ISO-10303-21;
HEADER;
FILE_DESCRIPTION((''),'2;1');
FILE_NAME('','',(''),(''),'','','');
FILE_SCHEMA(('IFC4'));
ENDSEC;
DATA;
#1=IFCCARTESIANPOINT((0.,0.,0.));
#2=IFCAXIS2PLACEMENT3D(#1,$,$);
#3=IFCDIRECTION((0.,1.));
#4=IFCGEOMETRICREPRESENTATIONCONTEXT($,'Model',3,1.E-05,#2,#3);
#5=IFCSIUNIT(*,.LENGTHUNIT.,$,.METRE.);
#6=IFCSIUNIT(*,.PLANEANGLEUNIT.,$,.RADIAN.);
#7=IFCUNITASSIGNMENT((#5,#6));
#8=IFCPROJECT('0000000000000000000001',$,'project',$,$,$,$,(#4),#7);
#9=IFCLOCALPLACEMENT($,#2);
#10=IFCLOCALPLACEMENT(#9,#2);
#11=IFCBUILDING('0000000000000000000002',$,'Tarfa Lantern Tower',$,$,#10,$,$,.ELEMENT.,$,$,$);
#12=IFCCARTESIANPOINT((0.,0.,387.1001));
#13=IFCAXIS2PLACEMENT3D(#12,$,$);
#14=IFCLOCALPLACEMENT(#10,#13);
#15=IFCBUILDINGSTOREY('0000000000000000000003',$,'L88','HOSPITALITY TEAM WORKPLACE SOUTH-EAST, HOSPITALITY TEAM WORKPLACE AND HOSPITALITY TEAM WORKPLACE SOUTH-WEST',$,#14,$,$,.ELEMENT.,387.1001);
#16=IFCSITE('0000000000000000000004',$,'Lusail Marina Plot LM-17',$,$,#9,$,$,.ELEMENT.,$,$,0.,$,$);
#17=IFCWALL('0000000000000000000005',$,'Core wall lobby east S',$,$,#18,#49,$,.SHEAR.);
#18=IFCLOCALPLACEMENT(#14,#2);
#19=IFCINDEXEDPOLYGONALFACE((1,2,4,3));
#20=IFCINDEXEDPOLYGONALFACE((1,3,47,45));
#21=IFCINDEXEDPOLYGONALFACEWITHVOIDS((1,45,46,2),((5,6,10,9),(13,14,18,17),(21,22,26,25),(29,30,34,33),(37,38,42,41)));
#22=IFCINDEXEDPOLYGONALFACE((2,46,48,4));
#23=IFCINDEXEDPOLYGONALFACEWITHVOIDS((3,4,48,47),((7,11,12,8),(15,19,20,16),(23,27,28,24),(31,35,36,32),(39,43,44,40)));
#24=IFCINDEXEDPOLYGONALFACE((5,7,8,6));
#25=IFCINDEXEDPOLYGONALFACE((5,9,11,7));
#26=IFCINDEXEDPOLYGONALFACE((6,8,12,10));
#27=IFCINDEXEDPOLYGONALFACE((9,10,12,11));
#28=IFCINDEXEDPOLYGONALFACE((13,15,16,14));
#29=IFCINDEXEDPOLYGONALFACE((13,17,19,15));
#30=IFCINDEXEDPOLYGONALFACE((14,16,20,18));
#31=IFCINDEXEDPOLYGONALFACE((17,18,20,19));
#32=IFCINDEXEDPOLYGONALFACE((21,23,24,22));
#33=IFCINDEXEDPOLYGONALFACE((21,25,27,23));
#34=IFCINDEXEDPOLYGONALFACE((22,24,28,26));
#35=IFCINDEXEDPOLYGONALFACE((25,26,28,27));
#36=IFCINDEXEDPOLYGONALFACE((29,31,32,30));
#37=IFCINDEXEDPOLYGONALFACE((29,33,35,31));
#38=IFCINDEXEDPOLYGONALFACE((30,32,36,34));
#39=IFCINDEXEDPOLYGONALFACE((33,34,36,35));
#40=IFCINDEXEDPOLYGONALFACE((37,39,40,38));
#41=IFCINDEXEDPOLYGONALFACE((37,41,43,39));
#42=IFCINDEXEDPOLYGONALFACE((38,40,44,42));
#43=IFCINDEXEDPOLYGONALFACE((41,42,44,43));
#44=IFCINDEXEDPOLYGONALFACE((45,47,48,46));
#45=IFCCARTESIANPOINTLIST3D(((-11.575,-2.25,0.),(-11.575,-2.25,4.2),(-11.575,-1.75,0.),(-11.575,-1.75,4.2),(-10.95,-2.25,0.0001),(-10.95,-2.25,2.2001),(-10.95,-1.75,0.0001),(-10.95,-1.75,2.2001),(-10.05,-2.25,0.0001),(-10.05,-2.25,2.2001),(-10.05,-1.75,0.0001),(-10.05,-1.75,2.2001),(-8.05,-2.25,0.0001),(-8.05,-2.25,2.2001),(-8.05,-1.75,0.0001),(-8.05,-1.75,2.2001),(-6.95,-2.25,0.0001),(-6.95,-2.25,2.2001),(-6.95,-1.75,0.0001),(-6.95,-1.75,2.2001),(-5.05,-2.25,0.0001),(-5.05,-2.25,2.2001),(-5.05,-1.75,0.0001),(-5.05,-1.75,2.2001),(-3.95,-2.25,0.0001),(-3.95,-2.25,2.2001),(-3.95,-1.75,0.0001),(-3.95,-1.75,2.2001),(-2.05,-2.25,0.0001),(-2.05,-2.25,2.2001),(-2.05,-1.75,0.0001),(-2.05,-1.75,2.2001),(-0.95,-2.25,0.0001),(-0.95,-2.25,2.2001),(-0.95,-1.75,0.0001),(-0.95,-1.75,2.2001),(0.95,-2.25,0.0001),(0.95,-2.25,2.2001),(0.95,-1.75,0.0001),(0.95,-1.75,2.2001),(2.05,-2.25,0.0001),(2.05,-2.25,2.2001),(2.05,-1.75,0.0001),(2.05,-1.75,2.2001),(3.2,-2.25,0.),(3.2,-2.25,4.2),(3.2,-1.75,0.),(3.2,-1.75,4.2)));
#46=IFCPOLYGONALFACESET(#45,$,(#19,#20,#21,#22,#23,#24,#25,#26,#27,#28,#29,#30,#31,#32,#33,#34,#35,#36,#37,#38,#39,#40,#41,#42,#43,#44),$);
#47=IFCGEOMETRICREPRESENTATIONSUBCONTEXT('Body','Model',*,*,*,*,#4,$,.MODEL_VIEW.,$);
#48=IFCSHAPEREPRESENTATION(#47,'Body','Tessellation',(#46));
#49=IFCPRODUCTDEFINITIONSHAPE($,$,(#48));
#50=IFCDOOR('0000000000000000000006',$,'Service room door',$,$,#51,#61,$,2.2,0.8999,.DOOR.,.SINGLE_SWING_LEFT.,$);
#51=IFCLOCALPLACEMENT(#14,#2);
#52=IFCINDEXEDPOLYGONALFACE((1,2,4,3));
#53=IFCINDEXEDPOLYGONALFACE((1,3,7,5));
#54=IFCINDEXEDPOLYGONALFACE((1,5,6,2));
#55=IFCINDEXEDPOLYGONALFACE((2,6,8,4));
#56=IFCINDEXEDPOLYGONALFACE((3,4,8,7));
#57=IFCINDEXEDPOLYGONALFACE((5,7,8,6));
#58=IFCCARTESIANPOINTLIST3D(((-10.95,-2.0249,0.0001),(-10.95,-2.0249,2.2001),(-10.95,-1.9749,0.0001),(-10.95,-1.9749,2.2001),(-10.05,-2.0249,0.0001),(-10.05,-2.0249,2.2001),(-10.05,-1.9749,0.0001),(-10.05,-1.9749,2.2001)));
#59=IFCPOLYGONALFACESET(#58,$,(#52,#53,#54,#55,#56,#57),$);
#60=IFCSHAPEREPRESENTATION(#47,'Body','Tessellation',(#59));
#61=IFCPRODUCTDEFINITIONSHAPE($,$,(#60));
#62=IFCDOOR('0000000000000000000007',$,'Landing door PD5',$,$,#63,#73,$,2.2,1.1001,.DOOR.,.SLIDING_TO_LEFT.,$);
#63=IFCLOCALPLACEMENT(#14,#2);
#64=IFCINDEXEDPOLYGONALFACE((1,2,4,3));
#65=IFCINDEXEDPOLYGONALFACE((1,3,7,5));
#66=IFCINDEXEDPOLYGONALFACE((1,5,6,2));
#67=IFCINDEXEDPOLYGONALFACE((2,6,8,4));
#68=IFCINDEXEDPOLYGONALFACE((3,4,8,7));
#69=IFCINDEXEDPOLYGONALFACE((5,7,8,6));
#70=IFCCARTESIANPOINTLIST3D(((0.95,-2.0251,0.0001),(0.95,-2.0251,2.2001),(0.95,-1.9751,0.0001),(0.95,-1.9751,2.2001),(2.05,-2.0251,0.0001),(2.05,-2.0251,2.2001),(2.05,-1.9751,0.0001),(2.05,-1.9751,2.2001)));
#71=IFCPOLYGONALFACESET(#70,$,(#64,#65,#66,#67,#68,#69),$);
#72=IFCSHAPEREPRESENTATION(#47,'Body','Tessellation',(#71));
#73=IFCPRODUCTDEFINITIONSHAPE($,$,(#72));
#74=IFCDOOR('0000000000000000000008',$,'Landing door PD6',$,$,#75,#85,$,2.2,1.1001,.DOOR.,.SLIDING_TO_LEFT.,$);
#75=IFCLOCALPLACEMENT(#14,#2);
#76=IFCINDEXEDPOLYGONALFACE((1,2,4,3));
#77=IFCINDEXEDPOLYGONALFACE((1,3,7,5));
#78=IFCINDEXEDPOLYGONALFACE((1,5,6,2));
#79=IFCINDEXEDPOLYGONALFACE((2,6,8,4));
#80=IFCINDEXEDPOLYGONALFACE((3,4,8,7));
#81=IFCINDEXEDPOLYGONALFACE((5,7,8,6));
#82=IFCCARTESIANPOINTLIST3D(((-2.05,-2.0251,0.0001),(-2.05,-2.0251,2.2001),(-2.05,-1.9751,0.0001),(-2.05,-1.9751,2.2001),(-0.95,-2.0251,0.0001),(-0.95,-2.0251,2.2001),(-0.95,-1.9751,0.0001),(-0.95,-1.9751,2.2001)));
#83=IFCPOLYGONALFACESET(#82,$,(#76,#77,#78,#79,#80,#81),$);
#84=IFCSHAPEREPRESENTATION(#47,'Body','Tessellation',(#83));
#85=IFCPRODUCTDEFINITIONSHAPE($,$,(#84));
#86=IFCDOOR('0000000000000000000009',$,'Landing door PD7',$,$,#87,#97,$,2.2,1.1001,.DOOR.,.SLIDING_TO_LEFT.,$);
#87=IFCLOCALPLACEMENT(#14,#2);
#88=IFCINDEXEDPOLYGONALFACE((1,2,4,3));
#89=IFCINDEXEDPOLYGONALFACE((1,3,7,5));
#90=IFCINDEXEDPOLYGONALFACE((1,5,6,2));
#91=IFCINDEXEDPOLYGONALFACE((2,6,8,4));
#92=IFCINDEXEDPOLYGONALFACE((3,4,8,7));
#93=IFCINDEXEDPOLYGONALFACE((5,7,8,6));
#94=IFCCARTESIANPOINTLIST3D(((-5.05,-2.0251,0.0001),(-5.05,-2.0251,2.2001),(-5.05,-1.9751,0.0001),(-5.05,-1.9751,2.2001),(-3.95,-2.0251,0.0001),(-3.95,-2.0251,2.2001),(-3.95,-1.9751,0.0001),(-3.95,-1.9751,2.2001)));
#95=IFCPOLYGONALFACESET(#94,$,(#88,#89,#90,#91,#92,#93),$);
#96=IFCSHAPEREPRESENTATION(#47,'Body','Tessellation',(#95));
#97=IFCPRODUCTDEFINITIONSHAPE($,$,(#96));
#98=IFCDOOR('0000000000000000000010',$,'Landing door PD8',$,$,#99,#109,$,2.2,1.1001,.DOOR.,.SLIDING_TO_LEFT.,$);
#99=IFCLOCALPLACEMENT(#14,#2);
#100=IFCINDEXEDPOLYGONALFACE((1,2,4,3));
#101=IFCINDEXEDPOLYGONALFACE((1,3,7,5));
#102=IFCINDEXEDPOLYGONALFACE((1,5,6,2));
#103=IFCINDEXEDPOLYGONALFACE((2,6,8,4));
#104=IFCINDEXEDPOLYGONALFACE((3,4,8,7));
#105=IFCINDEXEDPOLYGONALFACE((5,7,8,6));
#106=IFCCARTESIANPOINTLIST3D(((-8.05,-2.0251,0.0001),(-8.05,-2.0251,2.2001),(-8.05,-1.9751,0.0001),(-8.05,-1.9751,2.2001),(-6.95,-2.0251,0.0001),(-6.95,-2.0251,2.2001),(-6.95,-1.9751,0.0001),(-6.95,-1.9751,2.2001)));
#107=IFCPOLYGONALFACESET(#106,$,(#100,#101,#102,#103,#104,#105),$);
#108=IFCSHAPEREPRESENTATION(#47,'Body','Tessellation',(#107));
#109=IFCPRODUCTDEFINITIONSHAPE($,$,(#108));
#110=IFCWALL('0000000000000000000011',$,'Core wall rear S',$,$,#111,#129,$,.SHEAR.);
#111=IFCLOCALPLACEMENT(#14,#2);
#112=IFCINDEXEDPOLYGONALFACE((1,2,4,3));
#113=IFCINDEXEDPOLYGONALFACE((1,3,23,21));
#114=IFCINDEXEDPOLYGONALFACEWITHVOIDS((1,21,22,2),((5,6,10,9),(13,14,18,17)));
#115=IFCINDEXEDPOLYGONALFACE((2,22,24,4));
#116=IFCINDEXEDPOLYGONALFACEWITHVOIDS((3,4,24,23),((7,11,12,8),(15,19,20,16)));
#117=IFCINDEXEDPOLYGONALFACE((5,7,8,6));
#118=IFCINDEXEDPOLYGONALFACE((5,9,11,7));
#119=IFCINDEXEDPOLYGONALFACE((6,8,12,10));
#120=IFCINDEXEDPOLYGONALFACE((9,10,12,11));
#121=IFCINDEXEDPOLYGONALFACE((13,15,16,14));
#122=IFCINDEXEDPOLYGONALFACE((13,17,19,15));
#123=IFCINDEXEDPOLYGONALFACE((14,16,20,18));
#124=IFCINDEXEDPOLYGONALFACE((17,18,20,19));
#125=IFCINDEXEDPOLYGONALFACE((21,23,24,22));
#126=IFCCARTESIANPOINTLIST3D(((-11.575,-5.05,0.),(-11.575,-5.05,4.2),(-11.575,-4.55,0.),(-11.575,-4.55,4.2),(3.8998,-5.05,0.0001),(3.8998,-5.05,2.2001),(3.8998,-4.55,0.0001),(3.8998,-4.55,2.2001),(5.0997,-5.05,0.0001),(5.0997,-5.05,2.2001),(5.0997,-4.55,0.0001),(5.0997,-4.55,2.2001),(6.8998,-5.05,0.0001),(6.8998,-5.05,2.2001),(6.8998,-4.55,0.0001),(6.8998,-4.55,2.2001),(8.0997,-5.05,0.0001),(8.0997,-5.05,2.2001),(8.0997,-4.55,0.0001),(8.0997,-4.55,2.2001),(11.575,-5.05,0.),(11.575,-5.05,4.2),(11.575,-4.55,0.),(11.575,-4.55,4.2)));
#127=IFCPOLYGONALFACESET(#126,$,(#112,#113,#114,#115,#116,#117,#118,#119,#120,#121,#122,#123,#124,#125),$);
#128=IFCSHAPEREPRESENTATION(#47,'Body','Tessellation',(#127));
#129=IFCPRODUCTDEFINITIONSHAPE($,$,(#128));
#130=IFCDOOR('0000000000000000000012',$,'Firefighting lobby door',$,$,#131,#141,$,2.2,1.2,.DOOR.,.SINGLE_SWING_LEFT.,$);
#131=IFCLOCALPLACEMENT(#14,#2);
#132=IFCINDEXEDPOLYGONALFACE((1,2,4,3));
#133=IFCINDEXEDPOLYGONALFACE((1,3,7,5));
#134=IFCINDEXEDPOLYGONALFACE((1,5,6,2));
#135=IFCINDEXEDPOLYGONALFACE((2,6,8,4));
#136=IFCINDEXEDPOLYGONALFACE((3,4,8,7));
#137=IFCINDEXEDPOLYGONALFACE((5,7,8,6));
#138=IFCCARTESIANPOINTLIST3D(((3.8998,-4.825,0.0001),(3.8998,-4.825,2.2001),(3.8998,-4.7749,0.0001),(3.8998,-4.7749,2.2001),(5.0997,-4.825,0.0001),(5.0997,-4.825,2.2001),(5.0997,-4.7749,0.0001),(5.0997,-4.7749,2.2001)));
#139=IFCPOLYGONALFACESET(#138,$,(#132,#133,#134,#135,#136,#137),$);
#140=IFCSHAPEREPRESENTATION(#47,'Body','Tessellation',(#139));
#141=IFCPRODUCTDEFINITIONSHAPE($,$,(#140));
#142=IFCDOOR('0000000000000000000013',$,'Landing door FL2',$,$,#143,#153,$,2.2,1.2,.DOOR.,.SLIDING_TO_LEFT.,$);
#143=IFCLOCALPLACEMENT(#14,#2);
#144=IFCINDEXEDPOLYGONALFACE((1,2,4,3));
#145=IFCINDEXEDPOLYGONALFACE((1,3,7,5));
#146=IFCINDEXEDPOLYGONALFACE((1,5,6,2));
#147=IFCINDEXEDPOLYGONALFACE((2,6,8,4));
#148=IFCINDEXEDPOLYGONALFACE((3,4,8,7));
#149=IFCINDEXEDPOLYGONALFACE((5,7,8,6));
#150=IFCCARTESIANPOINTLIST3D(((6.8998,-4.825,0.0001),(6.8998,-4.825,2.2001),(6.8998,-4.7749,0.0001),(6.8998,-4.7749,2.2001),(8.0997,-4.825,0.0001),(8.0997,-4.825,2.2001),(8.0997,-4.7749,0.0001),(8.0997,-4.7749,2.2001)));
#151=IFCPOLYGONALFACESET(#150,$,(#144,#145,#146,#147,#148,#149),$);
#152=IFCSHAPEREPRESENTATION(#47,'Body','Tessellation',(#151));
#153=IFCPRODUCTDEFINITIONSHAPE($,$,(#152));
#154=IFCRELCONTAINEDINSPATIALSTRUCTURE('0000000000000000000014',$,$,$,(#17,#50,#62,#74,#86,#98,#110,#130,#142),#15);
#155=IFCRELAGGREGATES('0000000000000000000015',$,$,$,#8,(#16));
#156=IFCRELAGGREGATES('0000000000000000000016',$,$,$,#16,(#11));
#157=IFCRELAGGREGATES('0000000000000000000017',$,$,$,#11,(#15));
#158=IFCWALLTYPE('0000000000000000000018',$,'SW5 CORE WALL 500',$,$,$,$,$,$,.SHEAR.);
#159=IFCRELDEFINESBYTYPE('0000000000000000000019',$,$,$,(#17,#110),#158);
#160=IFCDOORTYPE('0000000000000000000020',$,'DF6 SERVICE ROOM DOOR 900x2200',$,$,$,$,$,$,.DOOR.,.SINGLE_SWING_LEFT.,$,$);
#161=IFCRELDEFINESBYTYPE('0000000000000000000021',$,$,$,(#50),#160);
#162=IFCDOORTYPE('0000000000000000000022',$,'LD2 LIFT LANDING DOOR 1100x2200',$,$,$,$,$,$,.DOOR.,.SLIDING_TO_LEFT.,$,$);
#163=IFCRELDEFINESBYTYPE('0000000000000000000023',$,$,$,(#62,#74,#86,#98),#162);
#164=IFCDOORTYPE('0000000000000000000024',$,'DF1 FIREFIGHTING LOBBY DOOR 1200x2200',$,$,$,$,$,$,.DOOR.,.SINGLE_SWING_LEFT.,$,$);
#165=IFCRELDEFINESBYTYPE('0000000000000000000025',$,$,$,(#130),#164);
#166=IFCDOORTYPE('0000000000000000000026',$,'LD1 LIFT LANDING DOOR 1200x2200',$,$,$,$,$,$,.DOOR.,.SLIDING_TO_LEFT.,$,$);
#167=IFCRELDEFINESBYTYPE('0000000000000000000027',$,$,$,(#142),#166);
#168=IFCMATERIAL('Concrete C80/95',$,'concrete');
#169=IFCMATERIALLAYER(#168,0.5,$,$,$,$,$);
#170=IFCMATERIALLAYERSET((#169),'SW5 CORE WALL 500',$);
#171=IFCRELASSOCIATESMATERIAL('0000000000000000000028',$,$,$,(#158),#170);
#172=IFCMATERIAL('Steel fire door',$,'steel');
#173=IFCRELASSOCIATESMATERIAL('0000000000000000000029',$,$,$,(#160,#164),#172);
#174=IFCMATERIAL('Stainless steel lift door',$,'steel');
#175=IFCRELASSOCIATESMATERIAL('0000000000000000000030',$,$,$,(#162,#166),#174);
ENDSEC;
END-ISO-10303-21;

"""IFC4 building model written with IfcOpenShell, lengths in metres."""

from ifc_helpers import new_model, si_unit, direction, frame, frame_2d, origin, place, context, subcontext, project, spatial, rectangle, extrude, material, layer, layer_set, type_object, element, fill, save


model = new_model("IFC4")

# Units and contexts
model_context = context("Model", 3, precision=1e-05, world=origin(), true_north=direction((0.0, 1.0)))
body_context = subcontext(model_context, "Body", "Model", "MODEL_VIEW")
ifc_project = project(units=[si_unit("LENGTHUNIT", "METRE"), si_unit("PLANEANGLEUNIT", "RADIAN")], contexts=[model_context])

# Site, building, storey
site_placement = place(None, origin())
site = spatial("IfcSite", under=ifc_project, at=site_placement, Name="Lusail Marina Plot LM-17", CompositionType="ELEMENT", RefElevation=0.0)
building_placement = place(site_placement, origin())
building = spatial("IfcBuilding", under=site, at=building_placement, Name="Tarfa Lantern Tower", CompositionType="ELEMENT")
storey_placement = place(building_placement, frame((0.0, 0.0, 387.1001)))
storey = spatial("IfcBuildingStorey", under=building, at=storey_placement, Name="L88", Description="HOSPITALITY TEAM WORKPLACE SOUTH-EAST, HOSPITALITY TEAM WORKPLACE AND HOSPITALITY TEAM WORKPLACE SOUTH-WEST", CompositionType="ELEMENT", Elevation=387.1001)

# Shared definitions
ifc_material_1 = material(Name="Concrete C80/95", Category="concrete")

# Shared definitions
ifc_material_2 = material(Name="Steel fire door", Category="steel")
ifc_layer_1 = layer(ifc_material_1, 0.5)
ifc_layer_set_1 = layer_set([ifc_layer_1], Name="SW5 CORE WALL 500")
wall_type_1 = type_object("IfcWallType", Name="SW5 CORE WALL 500", PredefinedType="SHEAR", material=ifc_layer_set_1)
door_type_1 = type_object("IfcDoorType", Name="DF6 SERVICE ROOM DOOR 900x2200", OperationType="SINGLE_SWING_LEFT", PredefinedType="DOOR", material=ifc_material_2)

# Walls, openings, doors
wall_1_placement = place(storey_placement, frame((3.2, -2.0, 0.0), z_axis=(0.0, 0.0, 1.0), x_axis=(-1.0, 0.0, 0.0)))
wall_1 = element("IfcWall", 1, at=wall_1_placement, inside=storey, type_object=wall_type_1, Name="Core wall lobby east S", PredefinedType="SHEAR", context=body_context, shape_type="SweptSolid", body=[
    extrude(rectangle(XDim=14.7749, YDim=0.5, at=frame_2d((7.3875, 0.0))), origin(), (0.0, 0.0, 1.0), 4.2),
])
opening_1_placement = place(wall_1_placement, frame((13.25, 0.0, 0.0)))
opening_1 = element("IfcOpeningElement", 2, at=opening_1_placement, cuts=wall_1, PredefinedType="OPENING", context=body_context, shape_type="SweptSolid", body=[
    extrude(rectangle(XDim=0.8999, YDim=2.2, at=frame_2d((0.45, 1.1001))), frame((0.0, 0.26, 0.0), z_axis=(0.0, -1.0, 0.0), x_axis=(1.0, 0.0, 0.0)), (0.0, 0.0, 1.0), 0.52),
])
opening_2_placement = place(wall_1_placement, frame((1.1499, 0.0, 0.0)))
opening_2 = element("IfcOpeningElement", 3, at=opening_2_placement, cuts=wall_1, PredefinedType="OPENING", context=body_context, shape_type="SweptSolid", body=[
    extrude(rectangle(XDim=1.1001, YDim=2.2, at=frame_2d((0.55, 1.1001))), frame((0.0, 0.26, 0.0), z_axis=(0.0, -1.0, 0.0), x_axis=(1.0, 0.0, 0.0)), (0.0, 0.0, 1.0), 0.52),
])
opening_3_placement = place(wall_1_placement, frame((4.1499, 0.0, 0.0)))
opening_3 = element("IfcOpeningElement", 4, at=opening_3_placement, cuts=wall_1, PredefinedType="OPENING", context=body_context, shape_type="SweptSolid", body=[
    extrude(rectangle(XDim=1.1001, YDim=2.2, at=frame_2d((0.55, 1.1001))), frame((0.0, 0.26, 0.0), z_axis=(0.0, -1.0, 0.0), x_axis=(1.0, 0.0, 0.0)), (0.0, 0.0, 1.0), 0.52),
])
opening_4_placement = place(wall_1_placement, frame((7.1499, 0.0, 0.0)))
opening_4 = element("IfcOpeningElement", 5, at=opening_4_placement, cuts=wall_1, PredefinedType="OPENING", context=body_context, shape_type="SweptSolid", body=[
    extrude(rectangle(XDim=1.1001, YDim=2.2, at=frame_2d((0.55, 1.1001))), frame((0.0, 0.26, 0.0), z_axis=(0.0, -1.0, 0.0), x_axis=(1.0, 0.0, 0.0)), (0.0, 0.0, 1.0), 0.52),
])
opening_5_placement = place(wall_1_placement, frame((10.1499, 0.0, 0.0)))
opening_5 = element("IfcOpeningElement", 6, at=opening_5_placement, cuts=wall_1, PredefinedType="OPENING", context=body_context, shape_type="SweptSolid", body=[
    extrude(rectangle(XDim=1.1001, YDim=2.2, at=frame_2d((0.55, 1.1001))), frame((0.0, 0.26, 0.0), z_axis=(0.0, -1.0, 0.0), x_axis=(1.0, 0.0, 0.0)), (0.0, 0.0, 1.0), 0.52),
])
door_1_placement = place(opening_1_placement, origin())
door_1 = element("IfcDoor", 7, at=door_1_placement, inside=storey, type_object=door_type_1, Name="Service room door", OperationType="SINGLE_SWING_LEFT", OverallHeight=2.2, OverallWidth=0.8999, PredefinedType="DOOR", context=body_context, shape_type="SweptSolid", body=[
    extrude(rectangle(XDim=0.8999, YDim=2.2, at=frame_2d((0.45, 1.1001))), frame((0.0, 0.0249, 0.0), z_axis=(0.0, -1.0, 0.0), x_axis=(1.0, 0.0, 0.0)), (0.0, 0.0, 1.0), 0.05),
])
fill(opening_1, door_1)
ifc_material_3 = material(Name="Stainless steel lift door", Category="steel")
door_type_2 = type_object("IfcDoorType", Name="LD2 LIFT LANDING DOOR 1100x2200", OperationType="SLIDING_TO_LEFT", PredefinedType="DOOR", material=ifc_material_3)
door_2_placement = place(opening_2_placement, frame((1.1001, 0.0, 0.0), z_axis=(0.0, 0.0, 1.0), x_axis=(-1.0, 0.0, 0.0)))
door_2 = element("IfcDoor", 8, at=door_2_placement, inside=storey, type_object=door_type_2, Name="Landing door PD5", OperationType="SLIDING_TO_LEFT", OverallHeight=2.2, OverallWidth=1.1001, PredefinedType="DOOR", context=body_context, shape_type="SweptSolid", body=[
    extrude(rectangle(XDim=1.1001, YDim=2.2, at=frame_2d((0.55, 1.1001))), frame((0.0, 0.0249, 0.0), z_axis=(0.0, -1.0, 0.0), x_axis=(1.0, 0.0, 0.0)), (0.0, 0.0, 1.0), 0.05),
])
fill(opening_2, door_2)
door_3_placement = place(opening_3_placement, frame((1.1001, 0.0, 0.0), z_axis=(0.0, 0.0, 1.0), x_axis=(-1.0, 0.0, 0.0)))
door_3 = element("IfcDoor", 9, at=door_3_placement, inside=storey, type_object=door_type_2, Name="Landing door PD6", OperationType="SLIDING_TO_LEFT", OverallHeight=2.2, OverallWidth=1.1001, PredefinedType="DOOR", context=body_context, shape_type="SweptSolid", body=[
    extrude(rectangle(XDim=1.1001, YDim=2.2, at=frame_2d((0.55, 1.1001))), frame((0.0, 0.0249, 0.0), z_axis=(0.0, -1.0, 0.0), x_axis=(1.0, 0.0, 0.0)), (0.0, 0.0, 1.0), 0.05),
])
fill(opening_3, door_3)
door_4_placement = place(opening_4_placement, frame((1.1001, 0.0, 0.0), z_axis=(0.0, 0.0, 1.0), x_axis=(-1.0, 0.0, 0.0)))
door_4 = element("IfcDoor", 10, at=door_4_placement, inside=storey, type_object=door_type_2, Name="Landing door PD7", OperationType="SLIDING_TO_LEFT", OverallHeight=2.2, OverallWidth=1.1001, PredefinedType="DOOR", context=body_context, shape_type="SweptSolid", body=[
    extrude(rectangle(XDim=1.1001, YDim=2.2, at=frame_2d((0.55, 1.1001))), frame((0.0, 0.0249, 0.0), z_axis=(0.0, -1.0, 0.0), x_axis=(1.0, 0.0, 0.0)), (0.0, 0.0, 1.0), 0.05),
])
fill(opening_4, door_4)
door_5_placement = place(opening_5_placement, frame((1.1001, 0.0, 0.0), z_axis=(0.0, 0.0, 1.0), x_axis=(-1.0, 0.0, 0.0)))
door_5 = element("IfcDoor", 11, at=door_5_placement, inside=storey, type_object=door_type_2, Name="Landing door PD8", OperationType="SLIDING_TO_LEFT", OverallHeight=2.2, OverallWidth=1.1001, PredefinedType="DOOR", context=body_context, shape_type="SweptSolid", body=[
    extrude(rectangle(XDim=1.1001, YDim=2.2, at=frame_2d((0.55, 1.1001))), frame((0.0, 0.0249, 0.0), z_axis=(0.0, -1.0, 0.0), x_axis=(1.0, 0.0, 0.0)), (0.0, 0.0, 1.0), 0.05),
])
fill(opening_5, door_5)
wall_2_placement = place(storey_placement, frame((11.575, -4.8, 0.0), z_axis=(0.0, 0.0, 1.0), x_axis=(-1.0, 0.0, 0.0)))
wall_2 = element("IfcWall", 12, at=wall_2_placement, inside=storey, type_object=wall_type_1, Name="Core wall rear S", PredefinedType="SHEAR", context=body_context, shape_type="SweptSolid", body=[
    extrude(rectangle(XDim=23.1499, YDim=0.5, at=frame_2d((11.575, 0.0))), origin(), (0.0, 0.0, 1.0), 4.2),
])
opening_6_placement = place(wall_2_placement, frame((6.4751, 0.0, 0.0)))
opening_6 = element("IfcOpeningElement", 13, at=opening_6_placement, cuts=wall_2, PredefinedType="OPENING", context=body_context, shape_type="SweptSolid", body=[
    extrude(rectangle(XDim=1.2, YDim=2.2, at=frame_2d((0.6001, 1.1001))), frame((0.0, 0.26, 0.0), z_axis=(0.0, -1.0, 0.0), x_axis=(1.0, 0.0, 0.0)), (0.0, 0.0, 1.0), 0.52),
])
opening_7_placement = place(wall_2_placement, frame((3.4751, 0.0, 0.0)))
opening_7 = element("IfcOpeningElement", 14, at=opening_7_placement, cuts=wall_2, PredefinedType="OPENING", context=body_context, shape_type="SweptSolid", body=[
    extrude(rectangle(XDim=1.2, YDim=2.2, at=frame_2d((0.6001, 1.1001))), frame((0.0, 0.26, 0.0), z_axis=(0.0, -1.0, 0.0), x_axis=(1.0, 0.0, 0.0)), (0.0, 0.0, 1.0), 0.52),
])
door_type_3 = type_object("IfcDoorType", Name="DF1 FIREFIGHTING LOBBY DOOR 1200x2200", OperationType="SINGLE_SWING_LEFT", PredefinedType="DOOR", material=ifc_material_2)
door_6_placement = place(opening_6_placement, origin())
door_6 = element("IfcDoor", 15, at=door_6_placement, inside=storey, type_object=door_type_3, Name="Firefighting lobby door", OperationType="SINGLE_SWING_LEFT", OverallHeight=2.2, OverallWidth=1.2, PredefinedType="DOOR", context=body_context, shape_type="SweptSolid", body=[
    extrude(rectangle(XDim=1.2, YDim=2.2, at=frame_2d((0.6001, 1.1001))), frame((0.0, 0.0249, 0.0), z_axis=(0.0, -1.0, 0.0), x_axis=(1.0, 0.0, 0.0)), (0.0, 0.0, 1.0), 0.05),
])
fill(opening_6, door_6)
door_type_4 = type_object("IfcDoorType", Name="LD1 LIFT LANDING DOOR 1200x2200", OperationType="SLIDING_TO_LEFT", PredefinedType="DOOR", material=ifc_material_3)
door_7_placement = place(opening_7_placement, origin())
door_7 = element("IfcDoor", 16, at=door_7_placement, inside=storey, type_object=door_type_4, Name="Landing door FL2", OperationType="SLIDING_TO_LEFT", OverallHeight=2.2, OverallWidth=1.2, PredefinedType="DOOR", context=body_context, shape_type="SweptSolid", body=[
    extrude(rectangle(XDim=1.2, YDim=2.2, at=frame_2d((0.6001, 1.1001))), frame((0.0, 0.0249, 0.0), z_axis=(0.0, -1.0, 0.0), x_axis=(1.0, 0.0, 0.0)), (0.0, 0.0, 1.0), 0.05),
])
fill(opening_7, door_7)

save(model, "model.ifc")
